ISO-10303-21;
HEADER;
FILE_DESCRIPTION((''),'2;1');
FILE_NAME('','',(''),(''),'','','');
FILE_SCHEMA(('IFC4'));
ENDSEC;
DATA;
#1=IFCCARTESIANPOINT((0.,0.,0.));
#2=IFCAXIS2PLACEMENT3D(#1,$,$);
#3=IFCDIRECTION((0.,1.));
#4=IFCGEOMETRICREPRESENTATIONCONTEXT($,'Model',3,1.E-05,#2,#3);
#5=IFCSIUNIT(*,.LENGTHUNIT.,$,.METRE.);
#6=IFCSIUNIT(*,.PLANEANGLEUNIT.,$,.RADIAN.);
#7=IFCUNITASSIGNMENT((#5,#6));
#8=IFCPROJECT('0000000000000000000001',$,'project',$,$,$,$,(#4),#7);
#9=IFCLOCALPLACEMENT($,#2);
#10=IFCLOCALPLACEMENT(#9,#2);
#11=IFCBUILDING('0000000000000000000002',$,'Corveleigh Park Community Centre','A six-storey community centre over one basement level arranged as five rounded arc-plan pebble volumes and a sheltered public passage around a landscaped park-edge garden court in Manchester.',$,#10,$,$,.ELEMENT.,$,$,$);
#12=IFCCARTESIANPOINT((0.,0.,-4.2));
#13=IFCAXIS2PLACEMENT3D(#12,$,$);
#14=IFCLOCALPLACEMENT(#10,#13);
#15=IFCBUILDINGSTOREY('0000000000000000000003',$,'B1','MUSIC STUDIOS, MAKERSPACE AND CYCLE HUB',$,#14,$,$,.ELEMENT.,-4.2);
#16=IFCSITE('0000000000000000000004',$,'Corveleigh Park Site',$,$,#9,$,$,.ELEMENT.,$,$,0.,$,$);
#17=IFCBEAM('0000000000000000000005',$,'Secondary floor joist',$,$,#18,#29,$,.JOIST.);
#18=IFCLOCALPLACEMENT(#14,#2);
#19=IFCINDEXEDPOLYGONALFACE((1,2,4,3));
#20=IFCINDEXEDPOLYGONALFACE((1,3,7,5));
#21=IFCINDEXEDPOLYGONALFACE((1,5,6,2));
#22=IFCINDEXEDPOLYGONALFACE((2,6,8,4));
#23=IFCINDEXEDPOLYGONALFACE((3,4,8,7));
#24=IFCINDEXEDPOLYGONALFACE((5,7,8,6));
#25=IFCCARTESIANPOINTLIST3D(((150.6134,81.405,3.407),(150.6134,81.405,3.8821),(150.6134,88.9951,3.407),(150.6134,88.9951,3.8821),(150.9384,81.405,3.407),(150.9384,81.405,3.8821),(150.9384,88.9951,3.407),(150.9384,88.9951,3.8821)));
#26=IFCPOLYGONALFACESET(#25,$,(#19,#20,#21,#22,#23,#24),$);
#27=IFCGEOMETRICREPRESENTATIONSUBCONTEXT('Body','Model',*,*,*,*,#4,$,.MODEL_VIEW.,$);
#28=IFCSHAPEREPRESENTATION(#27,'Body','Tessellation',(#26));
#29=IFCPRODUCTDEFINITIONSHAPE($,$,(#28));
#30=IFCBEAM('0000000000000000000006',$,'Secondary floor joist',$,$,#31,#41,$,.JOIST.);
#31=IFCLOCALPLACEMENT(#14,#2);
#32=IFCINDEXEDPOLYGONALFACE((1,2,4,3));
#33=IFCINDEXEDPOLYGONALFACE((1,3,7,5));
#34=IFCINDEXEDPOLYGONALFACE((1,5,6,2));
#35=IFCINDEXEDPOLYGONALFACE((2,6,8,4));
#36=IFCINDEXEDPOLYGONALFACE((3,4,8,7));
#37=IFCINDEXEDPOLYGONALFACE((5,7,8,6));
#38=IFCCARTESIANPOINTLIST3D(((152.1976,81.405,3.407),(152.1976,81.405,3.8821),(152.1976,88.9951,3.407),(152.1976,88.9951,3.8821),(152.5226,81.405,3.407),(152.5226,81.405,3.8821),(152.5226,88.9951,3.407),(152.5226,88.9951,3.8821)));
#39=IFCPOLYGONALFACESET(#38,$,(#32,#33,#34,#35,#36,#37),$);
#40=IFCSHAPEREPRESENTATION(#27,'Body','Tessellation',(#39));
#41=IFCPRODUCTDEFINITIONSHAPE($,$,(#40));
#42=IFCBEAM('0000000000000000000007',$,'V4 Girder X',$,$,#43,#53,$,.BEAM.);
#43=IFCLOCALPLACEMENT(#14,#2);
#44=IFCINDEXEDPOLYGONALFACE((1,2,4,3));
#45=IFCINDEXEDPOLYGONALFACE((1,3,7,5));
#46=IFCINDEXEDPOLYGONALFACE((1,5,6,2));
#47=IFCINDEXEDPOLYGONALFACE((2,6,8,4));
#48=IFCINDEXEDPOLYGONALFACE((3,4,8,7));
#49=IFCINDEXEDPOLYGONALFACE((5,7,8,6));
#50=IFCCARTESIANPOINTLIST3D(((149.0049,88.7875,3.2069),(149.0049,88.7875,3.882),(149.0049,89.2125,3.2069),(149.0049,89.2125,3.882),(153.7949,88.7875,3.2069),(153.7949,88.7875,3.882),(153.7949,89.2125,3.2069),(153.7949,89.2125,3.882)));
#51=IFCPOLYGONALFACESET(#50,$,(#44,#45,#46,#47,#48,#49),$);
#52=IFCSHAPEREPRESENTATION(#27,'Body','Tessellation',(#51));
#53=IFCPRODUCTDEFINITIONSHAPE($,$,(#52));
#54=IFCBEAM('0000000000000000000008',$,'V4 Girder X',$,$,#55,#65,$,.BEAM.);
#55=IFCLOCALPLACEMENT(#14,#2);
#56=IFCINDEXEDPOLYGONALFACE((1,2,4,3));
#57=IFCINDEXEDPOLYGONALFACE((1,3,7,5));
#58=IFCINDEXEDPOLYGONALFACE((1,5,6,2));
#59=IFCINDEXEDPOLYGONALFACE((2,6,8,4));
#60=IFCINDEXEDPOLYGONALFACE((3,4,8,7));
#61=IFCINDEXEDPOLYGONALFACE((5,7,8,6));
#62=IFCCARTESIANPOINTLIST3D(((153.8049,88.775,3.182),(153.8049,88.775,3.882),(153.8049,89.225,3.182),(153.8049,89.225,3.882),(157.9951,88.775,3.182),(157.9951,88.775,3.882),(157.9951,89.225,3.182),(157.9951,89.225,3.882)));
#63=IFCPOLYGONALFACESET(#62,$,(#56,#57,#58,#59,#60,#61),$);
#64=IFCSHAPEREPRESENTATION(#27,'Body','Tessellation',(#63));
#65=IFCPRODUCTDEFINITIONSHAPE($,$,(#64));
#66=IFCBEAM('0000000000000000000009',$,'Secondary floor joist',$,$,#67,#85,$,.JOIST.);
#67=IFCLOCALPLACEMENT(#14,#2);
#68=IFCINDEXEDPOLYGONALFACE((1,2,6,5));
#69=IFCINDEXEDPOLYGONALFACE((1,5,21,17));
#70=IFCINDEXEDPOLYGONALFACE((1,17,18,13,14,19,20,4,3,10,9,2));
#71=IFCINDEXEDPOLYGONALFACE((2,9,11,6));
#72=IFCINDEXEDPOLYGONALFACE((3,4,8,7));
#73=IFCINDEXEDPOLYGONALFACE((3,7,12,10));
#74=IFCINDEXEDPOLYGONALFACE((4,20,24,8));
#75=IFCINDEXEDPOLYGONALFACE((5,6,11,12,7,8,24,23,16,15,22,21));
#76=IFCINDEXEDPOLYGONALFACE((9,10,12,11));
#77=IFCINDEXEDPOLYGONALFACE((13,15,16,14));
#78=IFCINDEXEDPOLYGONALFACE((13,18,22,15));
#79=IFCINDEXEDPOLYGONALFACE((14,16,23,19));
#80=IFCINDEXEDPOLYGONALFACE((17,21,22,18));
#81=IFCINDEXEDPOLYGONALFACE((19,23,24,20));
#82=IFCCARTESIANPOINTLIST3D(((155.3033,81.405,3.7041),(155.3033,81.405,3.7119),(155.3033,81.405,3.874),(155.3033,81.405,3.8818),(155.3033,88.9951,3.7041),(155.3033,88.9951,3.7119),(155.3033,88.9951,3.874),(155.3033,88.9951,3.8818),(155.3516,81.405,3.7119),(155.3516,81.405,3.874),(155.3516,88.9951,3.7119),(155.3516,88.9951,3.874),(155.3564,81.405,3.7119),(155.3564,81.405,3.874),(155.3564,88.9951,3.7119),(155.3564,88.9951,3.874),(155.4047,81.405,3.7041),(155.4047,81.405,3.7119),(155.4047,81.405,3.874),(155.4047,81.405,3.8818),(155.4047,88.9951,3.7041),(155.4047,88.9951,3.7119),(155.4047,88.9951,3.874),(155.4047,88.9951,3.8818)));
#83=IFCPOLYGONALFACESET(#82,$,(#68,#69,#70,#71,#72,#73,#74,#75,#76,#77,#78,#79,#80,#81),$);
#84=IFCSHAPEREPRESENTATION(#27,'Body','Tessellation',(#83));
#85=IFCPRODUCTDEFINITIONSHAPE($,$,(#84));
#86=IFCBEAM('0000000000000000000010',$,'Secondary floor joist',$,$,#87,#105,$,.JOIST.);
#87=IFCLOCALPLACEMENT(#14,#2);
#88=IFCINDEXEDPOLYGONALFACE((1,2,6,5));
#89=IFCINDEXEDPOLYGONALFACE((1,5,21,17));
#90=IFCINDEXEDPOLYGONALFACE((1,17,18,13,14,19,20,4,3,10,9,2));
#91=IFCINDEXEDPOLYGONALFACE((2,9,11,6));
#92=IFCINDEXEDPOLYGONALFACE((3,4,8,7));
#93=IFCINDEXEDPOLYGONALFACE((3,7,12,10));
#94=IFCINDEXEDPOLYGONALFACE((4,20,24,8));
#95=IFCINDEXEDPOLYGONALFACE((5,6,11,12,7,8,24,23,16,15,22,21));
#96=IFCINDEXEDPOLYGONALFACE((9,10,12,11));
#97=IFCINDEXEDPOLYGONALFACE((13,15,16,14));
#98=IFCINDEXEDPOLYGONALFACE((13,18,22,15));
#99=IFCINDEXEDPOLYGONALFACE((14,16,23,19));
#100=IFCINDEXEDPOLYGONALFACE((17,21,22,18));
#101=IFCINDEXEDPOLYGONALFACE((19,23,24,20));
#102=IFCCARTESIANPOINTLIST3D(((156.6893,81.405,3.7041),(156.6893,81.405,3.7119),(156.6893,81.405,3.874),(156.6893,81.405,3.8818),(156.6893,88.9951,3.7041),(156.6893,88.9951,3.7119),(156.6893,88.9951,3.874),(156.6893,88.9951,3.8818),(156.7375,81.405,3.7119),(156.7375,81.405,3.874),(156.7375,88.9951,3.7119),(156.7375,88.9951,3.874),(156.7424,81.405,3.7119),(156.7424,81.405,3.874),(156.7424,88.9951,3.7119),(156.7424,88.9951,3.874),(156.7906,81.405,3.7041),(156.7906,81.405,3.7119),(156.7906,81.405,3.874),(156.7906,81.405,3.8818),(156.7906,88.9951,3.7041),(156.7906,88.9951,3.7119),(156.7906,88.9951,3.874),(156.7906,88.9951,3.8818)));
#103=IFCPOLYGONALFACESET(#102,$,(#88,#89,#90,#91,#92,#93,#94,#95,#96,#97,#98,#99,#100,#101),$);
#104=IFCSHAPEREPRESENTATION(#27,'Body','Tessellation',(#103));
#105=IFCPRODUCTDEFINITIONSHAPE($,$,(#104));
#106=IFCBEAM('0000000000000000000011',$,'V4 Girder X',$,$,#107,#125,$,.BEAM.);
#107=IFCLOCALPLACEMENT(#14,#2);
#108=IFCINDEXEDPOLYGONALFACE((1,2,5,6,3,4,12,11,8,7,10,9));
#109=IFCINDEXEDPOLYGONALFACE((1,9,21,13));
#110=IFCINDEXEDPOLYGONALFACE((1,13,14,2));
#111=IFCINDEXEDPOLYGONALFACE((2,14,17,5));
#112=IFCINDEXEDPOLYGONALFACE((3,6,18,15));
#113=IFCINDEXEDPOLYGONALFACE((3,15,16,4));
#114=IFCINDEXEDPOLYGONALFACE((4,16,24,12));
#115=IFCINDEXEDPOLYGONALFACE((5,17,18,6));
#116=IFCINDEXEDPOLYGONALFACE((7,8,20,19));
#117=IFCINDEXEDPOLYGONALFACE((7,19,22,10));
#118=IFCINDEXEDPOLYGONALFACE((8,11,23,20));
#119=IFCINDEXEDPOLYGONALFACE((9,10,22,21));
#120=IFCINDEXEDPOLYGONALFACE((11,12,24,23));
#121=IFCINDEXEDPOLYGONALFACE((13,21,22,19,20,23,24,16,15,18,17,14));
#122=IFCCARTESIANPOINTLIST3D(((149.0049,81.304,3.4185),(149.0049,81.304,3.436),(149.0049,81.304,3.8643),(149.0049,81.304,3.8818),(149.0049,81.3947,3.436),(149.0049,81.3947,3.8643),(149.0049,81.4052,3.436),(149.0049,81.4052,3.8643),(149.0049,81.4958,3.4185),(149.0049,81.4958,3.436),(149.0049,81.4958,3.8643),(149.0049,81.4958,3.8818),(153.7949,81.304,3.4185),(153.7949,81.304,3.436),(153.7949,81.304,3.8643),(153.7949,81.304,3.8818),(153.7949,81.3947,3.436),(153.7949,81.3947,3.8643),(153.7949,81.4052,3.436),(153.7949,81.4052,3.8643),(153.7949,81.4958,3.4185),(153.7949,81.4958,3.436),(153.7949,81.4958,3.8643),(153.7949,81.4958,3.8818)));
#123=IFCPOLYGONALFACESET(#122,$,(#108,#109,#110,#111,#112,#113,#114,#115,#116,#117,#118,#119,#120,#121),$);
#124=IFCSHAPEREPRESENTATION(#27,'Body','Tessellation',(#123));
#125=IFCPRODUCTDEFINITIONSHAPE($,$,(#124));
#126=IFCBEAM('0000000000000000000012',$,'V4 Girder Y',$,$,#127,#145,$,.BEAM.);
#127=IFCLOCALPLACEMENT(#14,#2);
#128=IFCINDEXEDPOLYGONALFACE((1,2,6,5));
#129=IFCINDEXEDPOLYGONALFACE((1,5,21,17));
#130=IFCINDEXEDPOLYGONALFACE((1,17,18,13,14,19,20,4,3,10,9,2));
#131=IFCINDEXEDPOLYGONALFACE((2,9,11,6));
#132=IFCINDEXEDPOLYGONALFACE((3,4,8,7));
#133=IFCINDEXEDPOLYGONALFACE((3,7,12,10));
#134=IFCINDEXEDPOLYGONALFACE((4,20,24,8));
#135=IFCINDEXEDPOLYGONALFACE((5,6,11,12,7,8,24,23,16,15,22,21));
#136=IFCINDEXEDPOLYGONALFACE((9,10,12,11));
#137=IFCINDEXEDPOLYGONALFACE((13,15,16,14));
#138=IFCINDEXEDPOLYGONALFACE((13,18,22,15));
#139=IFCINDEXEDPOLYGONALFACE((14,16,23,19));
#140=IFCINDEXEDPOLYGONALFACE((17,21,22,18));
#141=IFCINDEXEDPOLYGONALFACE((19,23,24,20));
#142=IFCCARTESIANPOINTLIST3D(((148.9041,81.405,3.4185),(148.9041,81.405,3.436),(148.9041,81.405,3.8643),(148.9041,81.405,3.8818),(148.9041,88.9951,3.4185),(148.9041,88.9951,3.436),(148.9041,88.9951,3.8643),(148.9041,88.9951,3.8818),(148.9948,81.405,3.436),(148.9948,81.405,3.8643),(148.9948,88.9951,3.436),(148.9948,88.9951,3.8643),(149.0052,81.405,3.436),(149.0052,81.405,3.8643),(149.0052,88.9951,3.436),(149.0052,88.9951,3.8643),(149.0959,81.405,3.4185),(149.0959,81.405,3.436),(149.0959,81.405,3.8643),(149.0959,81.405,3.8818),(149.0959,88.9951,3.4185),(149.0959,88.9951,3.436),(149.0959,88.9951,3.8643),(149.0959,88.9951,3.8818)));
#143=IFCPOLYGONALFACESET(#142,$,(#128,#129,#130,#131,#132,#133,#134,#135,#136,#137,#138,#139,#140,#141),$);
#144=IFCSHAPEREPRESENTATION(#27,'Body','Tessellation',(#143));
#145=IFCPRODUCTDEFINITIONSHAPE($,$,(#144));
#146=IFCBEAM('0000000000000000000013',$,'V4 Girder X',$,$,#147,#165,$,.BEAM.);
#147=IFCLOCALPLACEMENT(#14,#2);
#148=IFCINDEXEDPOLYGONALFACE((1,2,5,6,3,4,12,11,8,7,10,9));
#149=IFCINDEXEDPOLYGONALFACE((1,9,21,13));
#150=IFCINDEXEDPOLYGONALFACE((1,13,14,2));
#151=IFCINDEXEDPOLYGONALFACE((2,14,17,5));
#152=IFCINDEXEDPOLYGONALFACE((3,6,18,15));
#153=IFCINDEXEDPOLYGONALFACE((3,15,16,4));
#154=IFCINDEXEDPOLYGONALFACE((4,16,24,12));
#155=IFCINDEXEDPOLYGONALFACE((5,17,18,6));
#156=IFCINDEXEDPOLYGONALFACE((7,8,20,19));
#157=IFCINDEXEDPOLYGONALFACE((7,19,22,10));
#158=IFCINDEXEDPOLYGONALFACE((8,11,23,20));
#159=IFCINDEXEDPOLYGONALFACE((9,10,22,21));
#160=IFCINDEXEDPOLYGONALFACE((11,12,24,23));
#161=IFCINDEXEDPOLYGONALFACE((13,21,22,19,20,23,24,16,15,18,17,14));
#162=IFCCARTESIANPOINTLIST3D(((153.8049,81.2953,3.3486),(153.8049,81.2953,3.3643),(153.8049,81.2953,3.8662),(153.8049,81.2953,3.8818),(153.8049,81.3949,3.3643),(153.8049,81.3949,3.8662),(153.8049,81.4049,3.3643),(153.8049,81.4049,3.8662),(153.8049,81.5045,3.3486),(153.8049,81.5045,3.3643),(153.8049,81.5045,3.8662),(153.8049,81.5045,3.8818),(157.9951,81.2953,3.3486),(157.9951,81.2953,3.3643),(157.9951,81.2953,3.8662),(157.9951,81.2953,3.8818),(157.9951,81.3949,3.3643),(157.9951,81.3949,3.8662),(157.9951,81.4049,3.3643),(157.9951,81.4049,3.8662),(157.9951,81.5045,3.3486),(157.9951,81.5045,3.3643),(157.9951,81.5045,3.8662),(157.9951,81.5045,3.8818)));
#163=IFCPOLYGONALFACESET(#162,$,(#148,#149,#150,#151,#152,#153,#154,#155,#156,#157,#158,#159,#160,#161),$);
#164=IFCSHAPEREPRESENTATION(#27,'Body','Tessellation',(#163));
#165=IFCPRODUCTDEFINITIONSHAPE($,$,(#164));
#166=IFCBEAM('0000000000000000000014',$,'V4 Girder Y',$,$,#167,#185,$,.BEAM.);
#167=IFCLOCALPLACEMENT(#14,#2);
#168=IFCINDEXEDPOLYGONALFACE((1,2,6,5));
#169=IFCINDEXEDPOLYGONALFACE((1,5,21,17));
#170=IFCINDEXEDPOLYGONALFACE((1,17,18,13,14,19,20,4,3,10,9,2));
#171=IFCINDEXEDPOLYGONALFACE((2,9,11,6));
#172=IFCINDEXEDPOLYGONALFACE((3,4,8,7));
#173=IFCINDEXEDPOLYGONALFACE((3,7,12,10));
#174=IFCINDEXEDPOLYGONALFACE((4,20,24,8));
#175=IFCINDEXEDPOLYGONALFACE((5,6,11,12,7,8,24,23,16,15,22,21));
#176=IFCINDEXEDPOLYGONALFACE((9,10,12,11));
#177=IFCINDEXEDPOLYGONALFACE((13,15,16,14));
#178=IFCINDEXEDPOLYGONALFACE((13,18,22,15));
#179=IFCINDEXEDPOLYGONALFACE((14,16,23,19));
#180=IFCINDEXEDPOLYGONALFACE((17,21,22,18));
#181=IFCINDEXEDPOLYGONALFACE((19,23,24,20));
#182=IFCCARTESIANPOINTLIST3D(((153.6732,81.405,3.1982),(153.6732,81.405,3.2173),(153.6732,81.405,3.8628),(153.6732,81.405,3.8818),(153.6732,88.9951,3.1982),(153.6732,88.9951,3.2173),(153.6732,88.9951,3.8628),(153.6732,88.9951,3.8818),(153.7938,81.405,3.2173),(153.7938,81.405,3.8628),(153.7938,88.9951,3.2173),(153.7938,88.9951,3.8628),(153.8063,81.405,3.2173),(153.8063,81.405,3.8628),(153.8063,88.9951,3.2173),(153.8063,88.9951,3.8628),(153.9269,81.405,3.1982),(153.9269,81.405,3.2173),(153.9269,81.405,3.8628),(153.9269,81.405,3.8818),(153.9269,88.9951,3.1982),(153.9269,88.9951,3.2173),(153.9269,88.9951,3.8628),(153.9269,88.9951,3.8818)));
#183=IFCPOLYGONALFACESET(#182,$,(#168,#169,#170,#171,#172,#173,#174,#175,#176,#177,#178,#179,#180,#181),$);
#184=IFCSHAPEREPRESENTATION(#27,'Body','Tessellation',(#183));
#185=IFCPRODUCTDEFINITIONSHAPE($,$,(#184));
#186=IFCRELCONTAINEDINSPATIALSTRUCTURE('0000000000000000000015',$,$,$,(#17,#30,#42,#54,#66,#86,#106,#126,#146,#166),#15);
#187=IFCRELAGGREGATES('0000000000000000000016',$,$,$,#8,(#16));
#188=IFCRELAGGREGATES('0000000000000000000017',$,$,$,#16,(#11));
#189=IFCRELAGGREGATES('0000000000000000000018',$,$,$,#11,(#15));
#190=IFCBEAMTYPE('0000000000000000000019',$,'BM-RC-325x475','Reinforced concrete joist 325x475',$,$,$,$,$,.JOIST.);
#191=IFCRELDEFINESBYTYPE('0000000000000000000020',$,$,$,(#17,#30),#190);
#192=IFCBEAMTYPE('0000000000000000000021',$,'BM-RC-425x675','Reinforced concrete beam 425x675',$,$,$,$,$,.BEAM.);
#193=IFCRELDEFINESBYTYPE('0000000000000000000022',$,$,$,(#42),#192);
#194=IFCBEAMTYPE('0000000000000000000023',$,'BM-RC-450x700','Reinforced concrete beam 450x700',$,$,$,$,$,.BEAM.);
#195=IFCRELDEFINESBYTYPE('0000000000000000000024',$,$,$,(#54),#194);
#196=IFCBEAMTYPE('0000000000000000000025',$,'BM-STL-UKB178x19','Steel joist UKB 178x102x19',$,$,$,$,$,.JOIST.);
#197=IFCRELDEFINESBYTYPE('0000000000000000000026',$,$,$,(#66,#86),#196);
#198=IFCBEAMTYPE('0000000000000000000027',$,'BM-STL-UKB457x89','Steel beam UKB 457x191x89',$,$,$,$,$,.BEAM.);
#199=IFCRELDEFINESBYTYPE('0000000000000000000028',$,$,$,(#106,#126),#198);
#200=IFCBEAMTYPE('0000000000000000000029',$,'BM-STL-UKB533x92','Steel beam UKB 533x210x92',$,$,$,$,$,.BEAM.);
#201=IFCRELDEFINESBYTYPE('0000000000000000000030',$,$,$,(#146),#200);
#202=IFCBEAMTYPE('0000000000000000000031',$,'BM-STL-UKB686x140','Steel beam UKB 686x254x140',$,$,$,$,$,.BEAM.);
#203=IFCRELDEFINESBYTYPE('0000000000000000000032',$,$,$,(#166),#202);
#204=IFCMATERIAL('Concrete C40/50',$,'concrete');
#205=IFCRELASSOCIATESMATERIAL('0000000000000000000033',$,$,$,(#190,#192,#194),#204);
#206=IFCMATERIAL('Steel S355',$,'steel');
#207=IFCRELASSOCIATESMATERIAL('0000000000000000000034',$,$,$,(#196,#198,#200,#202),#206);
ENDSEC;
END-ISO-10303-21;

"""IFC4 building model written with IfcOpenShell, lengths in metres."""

from ifc_helpers import new_model, si_unit, direction, frame, origin, origin_2d, place, context, subcontext, project, spatial, rectangle, i_section, extrude, material, material_profile, profile_set, type_object, element, save


model = new_model("IFC4")

# Units and contexts
model_context = context("Model", 3, precision=1e-05, world=origin(), true_north=direction((0.0, 1.0)))
body_context = subcontext(model_context, "Body", "Model", "MODEL_VIEW")
ifc_project = project(units=[si_unit("LENGTHUNIT", "METRE"), si_unit("PLANEANGLEUNIT", "RADIAN")], contexts=[model_context])

# Site, building, storey
site_placement = place(None, origin())
site = spatial("IfcSite", under=ifc_project, at=site_placement, Name="Corveleigh Park Site", CompositionType="ELEMENT", RefElevation=0.0)
building_placement = place(site_placement, origin())
building = spatial("IfcBuilding", under=site, at=building_placement, Name="Corveleigh Park Community Centre", Description="A six-storey community centre over one basement level arranged as five rounded arc-plan pebble volumes and a sheltered public passage around a landscaped park-edge garden court in Manchester.", CompositionType="ELEMENT")
storey_placement = place(building_placement, frame((0.0, 0.0, -4.2)))
storey = spatial("IfcBuildingStorey", under=building, at=storey_placement, Name="B1", Description="MUSIC STUDIOS, MAKERSPACE AND CYCLE HUB", CompositionType="ELEMENT", Elevation=-4.2)

# Shared definitions
ifc_material_1 = material(Name="Concrete C40/50", Category="concrete")

# Shared definitions
ifc_material_2 = material(Name="Steel S355", Category="steel")

# Beams
ifc_material_profile_1 = material_profile(ifc_material_1, rectangle(XDim=0.325, YDim=0.4751, at=origin_2d()), Name="RC-325x475", Category="concrete")
ifc_profile_set_1 = profile_set([ifc_material_profile_1], Name="Concrete C40/50")
beam_type_1 = type_object("IfcBeamType", Name="BM-RC-325x475", Description="Reinforced concrete joist 325x475", PredefinedType="JOIST", material=ifc_profile_set_1)
for number, where, z_axis, x_axis, name in (
    (1, (150.7759, 81.405, 3.6445), (0.0, 1.0, 0.0), (-1.0, 0.0, 0.0), "Secondary floor joist"),
    (2, (152.3601, 81.405, 3.6445), (0.0, 1.0, 0.0), (-1.0, 0.0, 0.0), "Secondary floor joist"),
):
    element("IfcBeam", number, at=place(storey_placement, frame(where, z_axis=z_axis, x_axis=x_axis)), inside=storey, type_object=beam_type_1, Name=name, PredefinedType="JOIST", context=body_context, shape_type="SweptSolid", body=[
        extrude(rectangle(XDim=0.325, YDim=0.4751, at=origin_2d()), origin(), (0.0, 0.0, 1.0), 7.5901),
    ])
ifc_material_profile_2 = material_profile(ifc_material_1, rectangle(XDim=0.425, YDim=0.675, at=origin_2d()), Name="RC-425x675", Category="concrete")
ifc_profile_set_2 = profile_set([ifc_material_profile_2], Name="Concrete C40/50")
beam_type_2 = type_object("IfcBeamType", Name="BM-RC-425x675", Description="Reinforced concrete beam 425x675", PredefinedType="BEAM", material=ifc_profile_set_2)
beam_1_placement = place(storey_placement, frame((149.0049, 89.0, 3.5444), z_axis=(1.0, 0.0, 0.0), x_axis=(0.0, 1.0, 0.0)))
element("IfcBeam", 3, at=beam_1_placement, inside=storey, type_object=beam_type_2, Name="V4 Girder X", PredefinedType="BEAM", context=body_context, shape_type="SweptSolid", body=[
    extrude(rectangle(XDim=0.425, YDim=0.675, at=origin_2d()), origin(), (0.0, 0.0, 1.0), 4.79),
])
ifc_material_profile_3 = material_profile(ifc_material_1, rectangle(XDim=0.45, YDim=0.7, at=origin_2d()), Name="RC-450x700", Category="concrete")
ifc_profile_set_3 = profile_set([ifc_material_profile_3], Name="Concrete C40/50")
beam_type_3 = type_object("IfcBeamType", Name="BM-RC-450x700", Description="Reinforced concrete beam 450x700", PredefinedType="BEAM", material=ifc_profile_set_3)
beam_2_placement = place(storey_placement, frame((153.8049, 89.0, 3.532), z_axis=(1.0, 0.0, 0.0), x_axis=(0.0, 1.0, 0.0)))
element("IfcBeam", 4, at=beam_2_placement, inside=storey, type_object=beam_type_3, Name="V4 Girder X", PredefinedType="BEAM", context=body_context, shape_type="SweptSolid", body=[
    extrude(rectangle(XDim=0.45, YDim=0.7, at=origin_2d()), origin(), (0.0, 0.0, 1.0), 4.1902),
])
ifc_material_profile_4 = material_profile(ifc_material_2, i_section(OverallWidth=0.1013, OverallDepth=0.1777, WebThickness=0.0049, FlangeThickness=0.0078, at=origin_2d()), Name="UKB 178x102x19", Category="steel")
ifc_profile_set_4 = profile_set([ifc_material_profile_4], Name="Steel S355")
beam_type_4 = type_object("IfcBeamType", Name="BM-STL-UKB178x19", Description="Steel joist UKB 178x102x19", PredefinedType="JOIST", material=ifc_profile_set_4)
for number, where, z_axis, x_axis, name in (
    (5, (155.354, 81.405, 3.793), (0.0, 1.0, 0.0), (-1.0, 0.0, 0.0), "Secondary floor joist"),
    (6, (156.74, 81.405, 3.793), (0.0, 1.0, 0.0), (-1.0, 0.0, 0.0), "Secondary floor joist"),
):
    element("IfcBeam", number, at=place(storey_placement, frame(where, z_axis=z_axis, x_axis=x_axis)), inside=storey, type_object=beam_type_4, Name=name, PredefinedType="JOIST", context=body_context, shape_type="SweptSolid", body=[
        extrude(i_section(OverallWidth=0.1013, OverallDepth=0.1777, WebThickness=0.0049, FlangeThickness=0.0078, at=origin_2d()), origin(), (0.0, 0.0, 1.0), 7.5901),
    ])
ifc_material_profile_5 = material_profile(ifc_material_2, i_section(OverallWidth=0.1919, OverallDepth=0.4634, WebThickness=0.0105, FlangeThickness=0.0176, at=origin_2d()), Name="UKB 457x191x89", Category="steel")
ifc_profile_set_5 = profile_set([ifc_material_profile_5], Name="Steel S355")
beam_type_5 = type_object("IfcBeamType", Name="BM-STL-UKB457x89", Description="Steel beam UKB 457x191x89", PredefinedType="BEAM", material=ifc_profile_set_5)
beam_3_placement = place(storey_placement, frame((149.0049, 81.3999, 3.6501), z_axis=(1.0, 0.0, 0.0), x_axis=(0.0, 1.0, 0.0)))
element("IfcBeam", 7, at=beam_3_placement, inside=storey, type_object=beam_type_5, Name="V4 Girder X", PredefinedType="BEAM", context=body_context, shape_type="SweptSolid", body=[
    extrude(i_section(OverallWidth=0.1919, OverallDepth=0.4634, WebThickness=0.0105, FlangeThickness=0.0176, at=origin_2d()), origin(), (0.0, 0.0, 1.0), 4.79),
])
beam_4_placement = place(storey_placement, frame((149.0, 81.405, 3.6501), z_axis=(0.0, 1.0, 0.0), x_axis=(-1.0, 0.0, 0.0)))
element("IfcBeam", 8, at=beam_4_placement, inside=storey, type_object=beam_type_5, Name="V4 Girder Y", PredefinedType="BEAM", context=body_context, shape_type="SweptSolid", body=[
    extrude(i_section(OverallWidth=0.1919, OverallDepth=0.4634, WebThickness=0.0105, FlangeThickness=0.0176, at=origin_2d()), origin(), (0.0, 0.0, 1.0), 7.5901),
])
ifc_material_profile_6 = material_profile(ifc_material_2, i_section(OverallWidth=0.2092, OverallDepth=0.5332, WebThickness=0.01, FlangeThickness=0.0156, at=origin_2d()), Name="UKB 533x210x92", Category="steel")
ifc_profile_set_6 = profile_set([ifc_material_profile_6], Name="Steel S355")
beam_type_6 = type_object("IfcBeamType", Name="BM-STL-UKB533x92", Description="Steel beam UKB 533x210x92", PredefinedType="BEAM", material=ifc_profile_set_6)
beam_5_placement = place(storey_placement, frame((153.8049, 81.3999, 3.6152), z_axis=(1.0, 0.0, 0.0), x_axis=(0.0, 1.0, 0.0)))
element("IfcBeam", 9, at=beam_5_placement, inside=storey, type_object=beam_type_6, Name="V4 Girder X", PredefinedType="BEAM", context=body_context, shape_type="SweptSolid", body=[
    extrude(i_section(OverallWidth=0.2092, OverallDepth=0.5332, WebThickness=0.01, FlangeThickness=0.0156, at=origin_2d()), origin(), (0.0, 0.0, 1.0), 4.1902),
])
ifc_material_profile_7 = material_profile(ifc_material_2, i_section(OverallWidth=0.2537, OverallDepth=0.6836, WebThickness=0.0125, FlangeThickness=0.019, at=origin_2d()), Name="UKB 686x254x140", Category="steel")
ifc_profile_set_7 = profile_set([ifc_material_profile_7], Name="Steel S355")
beam_type_7 = type_object("IfcBeamType", Name="BM-STL-UKB686x140", Description="Steel beam UKB 686x254x140", PredefinedType="BEAM", material=ifc_profile_set_7)
beam_6_placement = place(storey_placement, frame((153.8, 81.405, 3.54), z_axis=(0.0, 1.0, 0.0), x_axis=(-1.0, 0.0, 0.0)))
element("IfcBeam", 10, at=beam_6_placement, inside=storey, type_object=beam_type_7, Name="V4 Girder Y", PredefinedType="BEAM", context=body_context, shape_type="SweptSolid", body=[
    extrude(i_section(OverallWidth=0.2537, OverallDepth=0.6836, WebThickness=0.0125, FlangeThickness=0.019, at=origin_2d()), origin(), (0.0, 0.0, 1.0), 7.5901),
])

save(model, "model.ifc")
